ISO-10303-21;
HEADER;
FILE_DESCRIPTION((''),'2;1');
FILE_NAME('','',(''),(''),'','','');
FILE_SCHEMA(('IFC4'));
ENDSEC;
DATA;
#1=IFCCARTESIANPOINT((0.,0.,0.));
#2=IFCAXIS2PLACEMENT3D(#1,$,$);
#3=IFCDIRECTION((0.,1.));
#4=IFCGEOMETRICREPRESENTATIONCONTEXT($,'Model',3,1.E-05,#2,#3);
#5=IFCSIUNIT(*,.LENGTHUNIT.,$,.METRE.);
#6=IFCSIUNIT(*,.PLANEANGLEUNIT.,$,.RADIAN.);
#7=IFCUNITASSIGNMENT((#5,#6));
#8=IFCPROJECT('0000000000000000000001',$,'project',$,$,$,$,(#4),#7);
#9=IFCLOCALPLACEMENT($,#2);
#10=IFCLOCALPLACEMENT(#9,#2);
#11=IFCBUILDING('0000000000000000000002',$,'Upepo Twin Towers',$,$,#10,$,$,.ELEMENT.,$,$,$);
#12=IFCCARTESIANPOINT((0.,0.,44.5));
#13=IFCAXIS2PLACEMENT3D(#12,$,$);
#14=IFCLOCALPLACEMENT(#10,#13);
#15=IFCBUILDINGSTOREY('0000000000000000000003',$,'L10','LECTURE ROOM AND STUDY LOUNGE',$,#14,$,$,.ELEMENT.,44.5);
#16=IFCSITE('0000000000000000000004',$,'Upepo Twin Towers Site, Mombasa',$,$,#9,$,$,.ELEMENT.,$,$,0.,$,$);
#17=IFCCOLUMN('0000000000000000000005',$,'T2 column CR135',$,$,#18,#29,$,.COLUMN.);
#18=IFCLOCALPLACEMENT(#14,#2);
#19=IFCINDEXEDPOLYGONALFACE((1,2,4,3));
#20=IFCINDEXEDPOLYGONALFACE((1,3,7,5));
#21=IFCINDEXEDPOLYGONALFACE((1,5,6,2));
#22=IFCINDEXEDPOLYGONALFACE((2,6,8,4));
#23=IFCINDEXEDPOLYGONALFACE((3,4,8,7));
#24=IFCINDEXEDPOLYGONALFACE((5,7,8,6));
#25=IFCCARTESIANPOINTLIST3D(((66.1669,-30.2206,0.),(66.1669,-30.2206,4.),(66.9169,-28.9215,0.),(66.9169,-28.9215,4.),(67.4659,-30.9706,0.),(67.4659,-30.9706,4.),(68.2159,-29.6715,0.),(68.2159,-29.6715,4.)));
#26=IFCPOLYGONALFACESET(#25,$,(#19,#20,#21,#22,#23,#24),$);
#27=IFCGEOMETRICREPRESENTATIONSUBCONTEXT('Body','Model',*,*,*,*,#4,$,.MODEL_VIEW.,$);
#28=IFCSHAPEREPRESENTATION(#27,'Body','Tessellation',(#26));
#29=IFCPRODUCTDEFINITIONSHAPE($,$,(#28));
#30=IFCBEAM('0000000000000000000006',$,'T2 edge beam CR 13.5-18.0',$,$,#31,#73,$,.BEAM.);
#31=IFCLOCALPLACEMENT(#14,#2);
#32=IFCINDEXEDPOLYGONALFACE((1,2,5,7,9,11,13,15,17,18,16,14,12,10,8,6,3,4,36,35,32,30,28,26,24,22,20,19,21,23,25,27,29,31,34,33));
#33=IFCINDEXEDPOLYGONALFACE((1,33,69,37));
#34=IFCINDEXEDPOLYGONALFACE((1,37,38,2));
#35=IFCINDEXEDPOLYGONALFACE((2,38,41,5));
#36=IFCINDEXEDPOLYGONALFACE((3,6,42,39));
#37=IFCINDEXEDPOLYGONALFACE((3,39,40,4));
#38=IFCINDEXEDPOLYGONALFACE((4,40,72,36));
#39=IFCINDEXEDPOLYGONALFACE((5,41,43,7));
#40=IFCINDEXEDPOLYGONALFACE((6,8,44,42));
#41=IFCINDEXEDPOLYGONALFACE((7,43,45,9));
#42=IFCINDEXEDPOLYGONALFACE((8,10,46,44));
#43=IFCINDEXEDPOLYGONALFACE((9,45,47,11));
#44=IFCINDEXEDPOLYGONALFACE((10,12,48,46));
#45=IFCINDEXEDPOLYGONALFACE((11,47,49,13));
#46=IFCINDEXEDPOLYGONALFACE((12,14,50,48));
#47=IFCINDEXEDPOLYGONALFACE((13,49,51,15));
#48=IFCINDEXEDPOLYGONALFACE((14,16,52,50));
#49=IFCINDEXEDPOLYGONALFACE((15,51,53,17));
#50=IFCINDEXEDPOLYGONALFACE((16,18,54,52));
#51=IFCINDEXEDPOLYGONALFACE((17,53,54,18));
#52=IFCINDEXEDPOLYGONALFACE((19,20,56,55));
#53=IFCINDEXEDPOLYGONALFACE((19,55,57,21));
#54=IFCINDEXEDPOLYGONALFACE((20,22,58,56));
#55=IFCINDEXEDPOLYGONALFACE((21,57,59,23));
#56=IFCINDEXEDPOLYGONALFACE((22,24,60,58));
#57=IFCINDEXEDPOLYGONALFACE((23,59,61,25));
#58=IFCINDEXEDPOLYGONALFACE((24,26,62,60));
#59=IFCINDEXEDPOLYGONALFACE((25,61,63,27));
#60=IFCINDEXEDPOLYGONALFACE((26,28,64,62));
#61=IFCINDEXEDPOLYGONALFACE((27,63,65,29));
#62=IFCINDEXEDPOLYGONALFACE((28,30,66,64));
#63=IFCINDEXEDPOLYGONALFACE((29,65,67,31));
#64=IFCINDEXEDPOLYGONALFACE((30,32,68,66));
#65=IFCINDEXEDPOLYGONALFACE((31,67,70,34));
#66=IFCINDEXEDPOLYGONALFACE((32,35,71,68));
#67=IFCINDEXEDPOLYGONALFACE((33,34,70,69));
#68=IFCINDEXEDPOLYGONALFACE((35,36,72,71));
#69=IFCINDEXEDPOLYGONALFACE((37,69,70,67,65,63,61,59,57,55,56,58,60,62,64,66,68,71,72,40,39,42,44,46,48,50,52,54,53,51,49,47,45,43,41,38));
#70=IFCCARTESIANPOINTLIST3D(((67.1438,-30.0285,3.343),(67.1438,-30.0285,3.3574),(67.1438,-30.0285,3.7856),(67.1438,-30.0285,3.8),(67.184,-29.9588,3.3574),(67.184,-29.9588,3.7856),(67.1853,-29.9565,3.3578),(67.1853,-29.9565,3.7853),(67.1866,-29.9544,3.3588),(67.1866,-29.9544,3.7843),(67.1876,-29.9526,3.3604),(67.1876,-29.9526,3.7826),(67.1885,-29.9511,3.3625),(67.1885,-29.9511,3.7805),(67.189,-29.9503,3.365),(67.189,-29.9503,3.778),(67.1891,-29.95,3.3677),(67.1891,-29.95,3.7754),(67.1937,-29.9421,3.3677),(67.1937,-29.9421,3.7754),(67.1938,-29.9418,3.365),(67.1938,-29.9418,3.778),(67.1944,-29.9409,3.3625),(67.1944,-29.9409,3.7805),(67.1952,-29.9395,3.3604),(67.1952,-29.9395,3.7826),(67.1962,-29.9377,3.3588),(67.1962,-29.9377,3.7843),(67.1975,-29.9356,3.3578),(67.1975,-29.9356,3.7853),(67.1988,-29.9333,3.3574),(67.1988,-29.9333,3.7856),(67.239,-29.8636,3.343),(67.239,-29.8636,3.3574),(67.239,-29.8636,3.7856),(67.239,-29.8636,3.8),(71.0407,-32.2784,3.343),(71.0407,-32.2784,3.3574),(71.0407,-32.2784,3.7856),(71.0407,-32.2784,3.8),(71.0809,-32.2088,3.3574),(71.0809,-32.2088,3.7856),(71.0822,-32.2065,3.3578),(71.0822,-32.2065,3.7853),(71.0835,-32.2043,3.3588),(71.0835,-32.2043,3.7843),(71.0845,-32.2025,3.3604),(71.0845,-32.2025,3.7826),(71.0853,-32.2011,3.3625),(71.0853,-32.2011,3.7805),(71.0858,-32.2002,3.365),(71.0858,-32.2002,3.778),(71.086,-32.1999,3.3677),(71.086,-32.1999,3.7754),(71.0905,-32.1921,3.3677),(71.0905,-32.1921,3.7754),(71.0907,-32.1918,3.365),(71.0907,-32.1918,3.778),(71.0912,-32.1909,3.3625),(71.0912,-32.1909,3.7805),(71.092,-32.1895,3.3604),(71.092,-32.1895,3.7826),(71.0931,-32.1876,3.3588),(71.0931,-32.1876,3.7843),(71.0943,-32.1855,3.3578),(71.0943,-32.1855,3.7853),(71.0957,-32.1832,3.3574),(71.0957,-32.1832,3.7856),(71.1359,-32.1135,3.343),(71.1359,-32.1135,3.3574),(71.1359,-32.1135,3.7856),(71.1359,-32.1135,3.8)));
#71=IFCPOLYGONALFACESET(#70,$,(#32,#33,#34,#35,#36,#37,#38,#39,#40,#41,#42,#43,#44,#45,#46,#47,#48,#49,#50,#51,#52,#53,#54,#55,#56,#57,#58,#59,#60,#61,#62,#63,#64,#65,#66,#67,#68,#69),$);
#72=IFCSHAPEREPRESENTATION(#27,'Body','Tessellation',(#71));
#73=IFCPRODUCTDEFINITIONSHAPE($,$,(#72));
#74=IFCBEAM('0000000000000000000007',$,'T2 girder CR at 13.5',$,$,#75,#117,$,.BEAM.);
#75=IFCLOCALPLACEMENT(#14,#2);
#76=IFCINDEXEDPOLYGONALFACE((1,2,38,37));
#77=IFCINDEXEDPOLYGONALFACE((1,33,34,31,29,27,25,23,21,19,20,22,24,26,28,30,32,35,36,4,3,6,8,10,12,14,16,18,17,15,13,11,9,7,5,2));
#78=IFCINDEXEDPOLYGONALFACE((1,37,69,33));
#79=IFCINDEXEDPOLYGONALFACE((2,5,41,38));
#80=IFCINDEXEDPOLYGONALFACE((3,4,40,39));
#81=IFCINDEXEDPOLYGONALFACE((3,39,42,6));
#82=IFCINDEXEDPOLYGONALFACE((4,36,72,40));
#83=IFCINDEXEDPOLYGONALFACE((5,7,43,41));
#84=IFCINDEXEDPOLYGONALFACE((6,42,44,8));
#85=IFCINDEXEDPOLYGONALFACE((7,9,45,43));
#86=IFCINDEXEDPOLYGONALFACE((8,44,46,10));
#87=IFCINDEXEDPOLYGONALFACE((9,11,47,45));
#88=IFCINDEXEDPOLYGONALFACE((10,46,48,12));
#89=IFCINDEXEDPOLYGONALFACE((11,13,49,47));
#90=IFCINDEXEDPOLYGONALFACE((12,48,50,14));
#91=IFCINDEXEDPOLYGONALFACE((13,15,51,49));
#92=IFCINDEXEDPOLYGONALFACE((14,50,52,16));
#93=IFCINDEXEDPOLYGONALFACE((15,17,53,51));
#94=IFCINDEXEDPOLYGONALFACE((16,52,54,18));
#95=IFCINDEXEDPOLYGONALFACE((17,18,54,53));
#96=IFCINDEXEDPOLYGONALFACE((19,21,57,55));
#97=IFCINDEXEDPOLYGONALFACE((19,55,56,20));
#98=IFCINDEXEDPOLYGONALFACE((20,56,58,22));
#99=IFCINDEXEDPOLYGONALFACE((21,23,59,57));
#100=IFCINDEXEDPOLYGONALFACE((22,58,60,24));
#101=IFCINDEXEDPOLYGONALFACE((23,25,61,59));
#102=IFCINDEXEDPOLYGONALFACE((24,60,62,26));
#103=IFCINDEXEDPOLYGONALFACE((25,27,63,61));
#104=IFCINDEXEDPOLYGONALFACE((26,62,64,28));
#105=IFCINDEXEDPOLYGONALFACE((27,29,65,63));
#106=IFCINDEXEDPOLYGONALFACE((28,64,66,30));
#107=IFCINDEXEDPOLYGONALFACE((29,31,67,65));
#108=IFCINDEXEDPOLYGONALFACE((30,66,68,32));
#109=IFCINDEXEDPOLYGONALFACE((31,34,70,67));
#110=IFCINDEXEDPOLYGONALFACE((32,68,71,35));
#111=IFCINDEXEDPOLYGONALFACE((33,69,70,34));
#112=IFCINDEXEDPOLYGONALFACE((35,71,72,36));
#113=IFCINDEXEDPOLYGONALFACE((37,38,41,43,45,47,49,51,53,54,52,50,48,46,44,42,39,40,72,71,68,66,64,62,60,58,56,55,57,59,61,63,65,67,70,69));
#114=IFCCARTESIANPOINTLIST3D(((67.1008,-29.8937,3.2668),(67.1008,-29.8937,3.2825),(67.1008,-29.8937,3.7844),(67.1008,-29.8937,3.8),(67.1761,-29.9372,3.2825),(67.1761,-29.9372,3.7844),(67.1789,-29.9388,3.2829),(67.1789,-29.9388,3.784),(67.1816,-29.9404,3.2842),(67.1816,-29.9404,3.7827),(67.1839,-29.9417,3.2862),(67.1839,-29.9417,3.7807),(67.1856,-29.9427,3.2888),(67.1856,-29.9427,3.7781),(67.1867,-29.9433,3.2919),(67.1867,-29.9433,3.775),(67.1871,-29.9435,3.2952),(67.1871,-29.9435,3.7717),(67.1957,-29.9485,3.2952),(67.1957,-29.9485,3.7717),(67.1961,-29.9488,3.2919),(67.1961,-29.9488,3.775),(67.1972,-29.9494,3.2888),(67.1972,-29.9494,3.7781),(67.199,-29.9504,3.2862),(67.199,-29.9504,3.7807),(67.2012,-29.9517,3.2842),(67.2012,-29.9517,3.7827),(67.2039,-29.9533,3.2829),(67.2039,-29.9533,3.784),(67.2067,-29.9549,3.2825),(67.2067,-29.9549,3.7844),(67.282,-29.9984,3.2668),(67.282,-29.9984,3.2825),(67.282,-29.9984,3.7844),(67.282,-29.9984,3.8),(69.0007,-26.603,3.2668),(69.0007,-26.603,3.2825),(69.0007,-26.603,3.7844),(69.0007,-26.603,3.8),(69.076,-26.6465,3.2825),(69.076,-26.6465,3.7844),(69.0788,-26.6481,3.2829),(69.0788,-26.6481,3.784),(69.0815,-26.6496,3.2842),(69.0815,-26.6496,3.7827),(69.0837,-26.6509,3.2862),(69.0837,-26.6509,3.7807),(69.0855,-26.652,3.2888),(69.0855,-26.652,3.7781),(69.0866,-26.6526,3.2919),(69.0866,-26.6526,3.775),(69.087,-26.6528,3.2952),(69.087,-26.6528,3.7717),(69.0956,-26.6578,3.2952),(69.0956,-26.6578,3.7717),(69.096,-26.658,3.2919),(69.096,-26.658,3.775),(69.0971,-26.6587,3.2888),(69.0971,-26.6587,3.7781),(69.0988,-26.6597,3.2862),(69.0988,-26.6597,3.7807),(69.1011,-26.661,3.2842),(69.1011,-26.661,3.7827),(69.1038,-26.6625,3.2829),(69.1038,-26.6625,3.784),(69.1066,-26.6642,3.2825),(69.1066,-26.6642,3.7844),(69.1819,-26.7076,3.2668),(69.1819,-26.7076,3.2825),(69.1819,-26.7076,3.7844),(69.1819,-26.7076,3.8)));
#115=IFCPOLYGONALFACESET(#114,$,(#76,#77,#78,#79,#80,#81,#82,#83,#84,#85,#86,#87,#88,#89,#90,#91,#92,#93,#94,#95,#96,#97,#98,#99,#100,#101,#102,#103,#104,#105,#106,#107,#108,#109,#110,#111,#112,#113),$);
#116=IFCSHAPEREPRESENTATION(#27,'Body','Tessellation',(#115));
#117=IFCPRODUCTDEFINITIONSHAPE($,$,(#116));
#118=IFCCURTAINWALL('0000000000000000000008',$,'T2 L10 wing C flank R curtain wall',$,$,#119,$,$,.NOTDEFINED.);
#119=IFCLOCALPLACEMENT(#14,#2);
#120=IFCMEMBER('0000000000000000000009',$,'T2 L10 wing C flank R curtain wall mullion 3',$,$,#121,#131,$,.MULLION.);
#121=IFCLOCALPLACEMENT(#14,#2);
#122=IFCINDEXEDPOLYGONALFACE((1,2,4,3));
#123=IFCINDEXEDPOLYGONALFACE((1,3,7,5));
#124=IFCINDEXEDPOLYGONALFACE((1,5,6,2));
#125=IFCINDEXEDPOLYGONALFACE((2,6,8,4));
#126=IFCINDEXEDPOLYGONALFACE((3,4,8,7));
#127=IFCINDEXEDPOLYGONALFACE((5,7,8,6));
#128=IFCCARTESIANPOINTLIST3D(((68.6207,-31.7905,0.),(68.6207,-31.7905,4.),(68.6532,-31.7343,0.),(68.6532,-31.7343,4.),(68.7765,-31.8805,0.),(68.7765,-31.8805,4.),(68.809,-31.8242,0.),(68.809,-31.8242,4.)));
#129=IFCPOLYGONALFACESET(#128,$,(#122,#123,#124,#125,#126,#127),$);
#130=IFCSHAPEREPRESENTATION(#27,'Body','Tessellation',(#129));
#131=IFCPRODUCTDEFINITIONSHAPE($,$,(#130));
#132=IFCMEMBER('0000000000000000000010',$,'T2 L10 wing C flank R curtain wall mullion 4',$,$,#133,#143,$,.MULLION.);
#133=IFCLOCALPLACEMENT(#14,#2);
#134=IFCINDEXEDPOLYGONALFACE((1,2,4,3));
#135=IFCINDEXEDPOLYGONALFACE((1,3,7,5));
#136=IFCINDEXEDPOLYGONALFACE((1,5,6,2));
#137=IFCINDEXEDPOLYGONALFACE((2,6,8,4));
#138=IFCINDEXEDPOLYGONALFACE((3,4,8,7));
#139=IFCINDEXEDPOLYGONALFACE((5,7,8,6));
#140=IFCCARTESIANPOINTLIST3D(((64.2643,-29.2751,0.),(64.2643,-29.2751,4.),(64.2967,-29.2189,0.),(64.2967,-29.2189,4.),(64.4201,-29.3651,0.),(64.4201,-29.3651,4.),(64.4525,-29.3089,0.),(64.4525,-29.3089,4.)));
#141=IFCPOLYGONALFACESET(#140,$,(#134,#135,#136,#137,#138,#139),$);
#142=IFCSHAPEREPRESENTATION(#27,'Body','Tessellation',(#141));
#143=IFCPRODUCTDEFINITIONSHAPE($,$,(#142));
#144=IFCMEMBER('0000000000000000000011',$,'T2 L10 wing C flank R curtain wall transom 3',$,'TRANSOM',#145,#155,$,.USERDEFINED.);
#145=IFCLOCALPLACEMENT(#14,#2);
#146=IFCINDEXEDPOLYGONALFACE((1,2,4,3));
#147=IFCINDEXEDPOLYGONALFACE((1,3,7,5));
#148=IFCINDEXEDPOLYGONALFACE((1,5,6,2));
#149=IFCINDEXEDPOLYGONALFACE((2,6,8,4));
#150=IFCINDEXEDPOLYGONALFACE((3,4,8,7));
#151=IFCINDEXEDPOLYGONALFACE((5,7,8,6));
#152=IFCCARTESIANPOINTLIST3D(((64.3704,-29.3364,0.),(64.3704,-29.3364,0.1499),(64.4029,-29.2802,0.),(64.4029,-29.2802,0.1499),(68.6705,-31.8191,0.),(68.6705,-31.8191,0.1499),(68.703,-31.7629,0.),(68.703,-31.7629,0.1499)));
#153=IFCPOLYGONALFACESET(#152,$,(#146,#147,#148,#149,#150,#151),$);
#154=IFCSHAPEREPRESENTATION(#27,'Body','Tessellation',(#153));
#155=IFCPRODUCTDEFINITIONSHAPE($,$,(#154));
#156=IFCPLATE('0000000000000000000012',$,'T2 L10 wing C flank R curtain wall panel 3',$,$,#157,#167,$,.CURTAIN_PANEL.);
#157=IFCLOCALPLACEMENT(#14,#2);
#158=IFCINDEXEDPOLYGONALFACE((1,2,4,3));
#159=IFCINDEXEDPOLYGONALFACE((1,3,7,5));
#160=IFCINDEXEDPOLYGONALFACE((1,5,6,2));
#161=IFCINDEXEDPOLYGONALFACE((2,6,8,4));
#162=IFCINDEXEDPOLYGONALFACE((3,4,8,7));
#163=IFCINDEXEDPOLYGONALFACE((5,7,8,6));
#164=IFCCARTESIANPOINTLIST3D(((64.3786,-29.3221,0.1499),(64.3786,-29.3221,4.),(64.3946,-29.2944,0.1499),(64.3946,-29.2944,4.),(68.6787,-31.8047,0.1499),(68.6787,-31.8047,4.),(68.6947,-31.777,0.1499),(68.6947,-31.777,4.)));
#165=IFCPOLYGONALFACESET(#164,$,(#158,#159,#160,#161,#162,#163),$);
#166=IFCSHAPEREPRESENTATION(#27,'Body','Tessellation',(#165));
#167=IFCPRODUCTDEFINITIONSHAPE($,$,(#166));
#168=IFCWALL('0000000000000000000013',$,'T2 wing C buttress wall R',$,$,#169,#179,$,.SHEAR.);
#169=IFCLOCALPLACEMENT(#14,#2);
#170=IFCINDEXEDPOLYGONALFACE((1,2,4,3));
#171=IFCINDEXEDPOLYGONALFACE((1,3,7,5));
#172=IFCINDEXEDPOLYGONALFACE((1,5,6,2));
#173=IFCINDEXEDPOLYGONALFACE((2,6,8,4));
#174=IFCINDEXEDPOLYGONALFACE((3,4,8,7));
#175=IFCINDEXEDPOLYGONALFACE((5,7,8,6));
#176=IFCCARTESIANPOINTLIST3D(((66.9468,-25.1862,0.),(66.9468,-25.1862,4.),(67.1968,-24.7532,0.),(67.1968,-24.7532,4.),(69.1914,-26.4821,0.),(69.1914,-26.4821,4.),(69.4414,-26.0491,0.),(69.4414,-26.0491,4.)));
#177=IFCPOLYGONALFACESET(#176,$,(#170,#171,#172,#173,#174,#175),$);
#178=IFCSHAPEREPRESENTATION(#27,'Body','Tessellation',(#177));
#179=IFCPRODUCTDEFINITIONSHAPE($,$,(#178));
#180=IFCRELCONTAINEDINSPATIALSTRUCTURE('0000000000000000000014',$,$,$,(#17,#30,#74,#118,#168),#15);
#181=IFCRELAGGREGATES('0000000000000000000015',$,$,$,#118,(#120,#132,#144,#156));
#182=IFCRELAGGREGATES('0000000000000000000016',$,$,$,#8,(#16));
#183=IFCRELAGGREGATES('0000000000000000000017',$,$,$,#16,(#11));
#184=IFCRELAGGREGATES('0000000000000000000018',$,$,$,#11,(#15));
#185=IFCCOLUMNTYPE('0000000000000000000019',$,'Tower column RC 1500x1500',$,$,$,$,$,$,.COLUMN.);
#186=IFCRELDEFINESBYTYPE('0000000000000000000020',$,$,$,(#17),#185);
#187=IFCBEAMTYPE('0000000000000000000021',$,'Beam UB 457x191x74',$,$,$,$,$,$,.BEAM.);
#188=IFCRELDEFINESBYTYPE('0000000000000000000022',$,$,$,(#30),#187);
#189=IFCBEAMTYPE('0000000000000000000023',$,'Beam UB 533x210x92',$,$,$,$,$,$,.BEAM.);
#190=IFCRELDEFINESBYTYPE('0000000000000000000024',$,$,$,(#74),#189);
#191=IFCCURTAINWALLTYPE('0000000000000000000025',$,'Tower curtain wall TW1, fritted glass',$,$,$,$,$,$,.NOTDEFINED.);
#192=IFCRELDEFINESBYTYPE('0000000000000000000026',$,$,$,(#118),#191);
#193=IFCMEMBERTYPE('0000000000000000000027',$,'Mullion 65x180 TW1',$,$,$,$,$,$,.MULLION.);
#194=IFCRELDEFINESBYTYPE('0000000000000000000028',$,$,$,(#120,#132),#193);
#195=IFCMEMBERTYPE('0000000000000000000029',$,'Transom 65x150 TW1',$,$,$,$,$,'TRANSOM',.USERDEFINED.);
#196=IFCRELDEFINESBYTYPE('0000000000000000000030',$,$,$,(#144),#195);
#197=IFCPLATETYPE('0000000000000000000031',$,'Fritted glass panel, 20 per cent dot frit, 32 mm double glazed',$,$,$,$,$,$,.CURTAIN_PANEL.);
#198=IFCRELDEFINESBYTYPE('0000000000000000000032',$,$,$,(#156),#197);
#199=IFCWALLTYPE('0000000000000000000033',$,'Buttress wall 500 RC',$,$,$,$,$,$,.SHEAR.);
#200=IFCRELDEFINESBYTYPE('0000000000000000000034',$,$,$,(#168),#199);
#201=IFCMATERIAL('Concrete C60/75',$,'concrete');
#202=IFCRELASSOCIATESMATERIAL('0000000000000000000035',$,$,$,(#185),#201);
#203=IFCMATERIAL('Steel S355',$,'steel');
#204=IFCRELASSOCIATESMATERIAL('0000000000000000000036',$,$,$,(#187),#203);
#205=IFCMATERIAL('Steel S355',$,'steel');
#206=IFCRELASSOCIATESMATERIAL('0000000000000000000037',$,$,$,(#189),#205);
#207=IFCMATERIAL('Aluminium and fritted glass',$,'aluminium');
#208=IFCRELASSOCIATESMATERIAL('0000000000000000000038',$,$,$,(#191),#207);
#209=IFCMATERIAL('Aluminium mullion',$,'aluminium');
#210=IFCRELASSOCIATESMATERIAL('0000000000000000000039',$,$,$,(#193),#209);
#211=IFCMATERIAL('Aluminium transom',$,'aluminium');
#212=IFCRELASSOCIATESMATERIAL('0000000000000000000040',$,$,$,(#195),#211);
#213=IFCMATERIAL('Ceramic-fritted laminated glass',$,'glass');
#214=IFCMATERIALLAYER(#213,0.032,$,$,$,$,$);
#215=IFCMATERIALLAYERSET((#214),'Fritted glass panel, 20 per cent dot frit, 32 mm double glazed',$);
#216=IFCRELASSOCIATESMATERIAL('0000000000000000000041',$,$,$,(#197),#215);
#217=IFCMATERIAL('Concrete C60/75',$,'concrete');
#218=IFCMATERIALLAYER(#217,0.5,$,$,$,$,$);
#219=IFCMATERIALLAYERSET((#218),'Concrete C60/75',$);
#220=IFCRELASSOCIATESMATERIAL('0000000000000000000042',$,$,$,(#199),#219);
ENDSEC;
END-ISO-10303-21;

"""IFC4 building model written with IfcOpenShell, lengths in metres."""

from ifc_helpers import new_model, si_unit, direction, frame, frame_2d, origin, origin_2d, place, context, subcontext, project, spatial, rectangle, i_section, extrude, material, layer, layer_set, material_profile, profile_set, type_object, element, aggregate, save


model = new_model("IFC4")

# Units and contexts
model_context = context("Model", 3, precision=1e-05, world=origin(), true_north=direction((0.0, 1.0)))
body_context = subcontext(model_context, "Body", "Model", "MODEL_VIEW")
ifc_project = project(units=[si_unit("LENGTHUNIT", "METRE"), si_unit("PLANEANGLEUNIT", "RADIAN")], contexts=[model_context])

# Site, building, storey
site_placement = place(None, origin())
site = spatial("IfcSite", under=ifc_project, at=site_placement, Name="Upepo Twin Towers Site, Mombasa", CompositionType="ELEMENT", RefElevation=0.0)
building_placement = place(site_placement, origin())
building = spatial("IfcBuilding", under=site, at=building_placement, Name="Upepo Twin Towers", CompositionType="ELEMENT")
storey_placement = place(building_placement, frame((0.0, 0.0, 44.5)))
storey = spatial("IfcBuildingStorey", under=building, at=storey_placement, Name="L10", Description="LECTURE ROOM AND STUDY LOUNGE", CompositionType="ELEMENT", Elevation=44.5)

# Column
ifc_material_1 = material(Name="Concrete C60/75", Category="concrete")
ifc_material_profile_1 = material_profile(ifc_material_1, rectangle(XDim=1.5, YDim=1.5, at=origin_2d()), Name="RC 1500x1500")
ifc_profile_set_1 = profile_set([ifc_material_profile_1], Name="Concrete C60/75")
column_type = type_object("IfcColumnType", Name="Tower column RC 1500x1500", PredefinedType="COLUMN", material=ifc_profile_set_1)
column_placement = place(storey_placement, frame((67.1914, -29.946, 0.0), z_axis=(0.0, 0.0, 1.0), x_axis=(0.5, 0.866025, 0.0)))
element("IfcColumn", 1, at=column_placement, inside=storey, type_object=column_type, Name="T2 column CR135", PredefinedType="COLUMN", context=body_context, shape_type="SweptSolid", body=[
    extrude(rectangle(XDim=1.5, YDim=1.5, at=origin_2d()), origin(), (0.0, 0.0, 1.0), 4.0),
])

# Beams
ifc_material_2 = material(Name="Steel S355", Category="steel")
ifc_material_profile_2 = material_profile(ifc_material_2, i_section(OverallWidth=0.1904, OverallDepth=0.457, WebThickness=0.009, FlangeThickness=0.0144, FilletRadius=0.0103, at=origin_2d()), Name="UB 457x191x74")
ifc_profile_set_2 = profile_set([ifc_material_profile_2], Name="Steel S355")
beam_type_1 = type_object("IfcBeamType", Name="Beam UB 457x191x74", PredefinedType="BEAM", material=ifc_profile_set_2)
beam_1_placement = place(storey_placement, frame((67.1914, -29.946, 3.5715), z_axis=(0.866018, -0.500014, 0.0), x_axis=(0.500014, 0.866018, 0.0)))
element("IfcBeam", 2, at=beam_1_placement, inside=storey, type_object=beam_type_1, Name="T2 edge beam CR 13.5-18.0", PredefinedType="BEAM", context=body_context, shape_type="SweptSolid", body=[
    extrude(i_section(OverallWidth=0.1904, OverallDepth=0.457, WebThickness=0.009, FlangeThickness=0.0144, FilletRadius=0.0103, at=origin_2d()), origin(), (0.0, 0.0, 1.0), 4.4998),
])
ifc_material_3 = material(Name="Steel S355", Category="steel")
ifc_material_profile_3 = material_profile(ifc_material_3, i_section(OverallWidth=0.2092, OverallDepth=0.5332, WebThickness=0.01, FlangeThickness=0.0156, FilletRadius=0.0127, at=origin_2d()), Name="UB 533x210x92")
ifc_profile_set_3 = profile_set([ifc_material_profile_3], Name="Steel S355")
beam_type_2 = type_object("IfcBeamType", Name="Beam UB 533x210x92", PredefinedType="BEAM", material=ifc_profile_set_3)
beam_2_placement = place(storey_placement, frame((67.1914, -29.946, 3.5334), z_axis=(0.499995, 0.866028, 0.0), x_axis=(-0.866028, 0.499995, 0.0)))
element("IfcBeam", 3, at=beam_2_placement, inside=storey, type_object=beam_type_2, Name="T2 girder CR at 13.5", PredefinedType="BEAM", context=body_context, shape_type="SweptSolid", body=[
    extrude(i_section(OverallWidth=0.2092, OverallDepth=0.5332, WebThickness=0.01, FlangeThickness=0.0156, FilletRadius=0.0127, at=origin_2d()), origin(), (0.0, 0.0, 1.0), 3.7998),
])

# Curtain wall, members, plate
ifc_material_4 = material(Name="Aluminium and fritted glass", Category="aluminium")
curtain_wall_type = type_object("IfcCurtainWallType", Name="Tower curtain wall TW1, fritted glass", PredefinedType="NOTDEFINED", material=ifc_material_4)
curtain_wall_placement = place(storey_placement, origin())
curtain_wall = element("IfcCurtainWall", 4, at=curtain_wall_placement, inside=storey, type_object=curtain_wall_type, Name="T2 L10 wing C flank R curtain wall", PredefinedType="NOTDEFINED")
ifc_material_5 = material(Name="Aluminium mullion", Category="aluminium")
ifc_material_profile_4 = material_profile(ifc_material_5, rectangle(XDim=0.0649, YDim=0.1799, at=origin_2d()), Name="MULLION 65x180")
ifc_profile_set_4 = profile_set([ifc_material_profile_4], Name="Aluminium mullion")
member_type_1 = type_object("IfcMemberType", Name="Mullion 65x180 TW1", PredefinedType="MULLION", material=ifc_profile_set_4)
member_1_placement = place(storey_placement, frame((68.7148, -31.8074, 0.0), z_axis=(0.0, 0.0, 1.0), x_axis=(-0.5, -0.866025, 0.0)))
member_1 = element("IfcMember", 5, at=member_1_placement, type_object=member_type_1, Name="T2 L10 wing C flank R curtain wall mullion 3", PredefinedType="MULLION", context=body_context, shape_type="SweptSolid", body=[
    extrude(rectangle(XDim=0.0649, YDim=0.1799, at=origin_2d()), origin(), (0.0, 0.0, 1.0), 4.0),
])
member_2_placement = place(storey_placement, frame((64.3584, -29.292, 0.0), z_axis=(0.0, 0.0, 1.0), x_axis=(-0.5, -0.866025, 0.0)))
member_2 = element("IfcMember", 6, at=member_2_placement, type_object=member_type_1, Name="T2 L10 wing C flank R curtain wall mullion 4", PredefinedType="MULLION", context=body_context, shape_type="SweptSolid", body=[
    extrude(rectangle(XDim=0.0649, YDim=0.1799, at=origin_2d()), origin(), (0.0, 0.0, 1.0), 4.0),
])
ifc_material_6 = material(Name="Aluminium transom", Category="aluminium")
ifc_material_profile_5 = material_profile(ifc_material_6, rectangle(XDim=0.0649, YDim=0.1499, at=origin_2d()), Name="TRANSOM 65x150")
ifc_profile_set_5 = profile_set([ifc_material_profile_5], Name="Aluminium transom")
member_type_2 = type_object("IfcMemberType", Name="Transom 65x150 TW1", ElementType="TRANSOM", PredefinedType="USERDEFINED", material=ifc_profile_set_5)
member_3_placement = place(storey_placement, frame((68.6868, -31.791, 0.075), z_axis=(-0.866023, 0.500005, 0.0), x_axis=(-0.500005, -0.866023, 0.0)))
member_3 = element("IfcMember", 7, at=member_3_placement, type_object=member_type_2, Name="T2 L10 wing C flank R curtain wall transom 3", ObjectType="TRANSOM", PredefinedType="USERDEFINED", context=body_context, shape_type="SweptSolid", body=[
    extrude(rectangle(XDim=0.0649, YDim=0.1499, at=origin_2d()), origin(), (0.0, 0.0, 1.0), 4.9653),
])
ifc_material_7 = material(Name="Ceramic-fritted laminated glass", Category="glass")
ifc_layer_1 = layer(ifc_material_7, 0.032)
ifc_layer_set_1 = layer_set([ifc_layer_1], Name="Fritted glass panel, 20 per cent dot frit, 32 mm double glazed")
plate_type = type_object("IfcPlateType", Name="Fritted glass panel, 20 per cent dot frit, 32 mm double glazed", PredefinedType="CURTAIN_PANEL", material=ifc_layer_set_1)
plate_placement = place(storey_placement, frame((66.5366, -30.5496, 0.1499), z_axis=(0.0, 0.0, 1.0), x_axis=(-0.866025, 0.5, 0.0)))
plate = element("IfcPlate", 8, at=plate_placement, type_object=plate_type, Name="T2 L10 wing C flank R curtain wall panel 3", PredefinedType="CURTAIN_PANEL", context=body_context, shape_type="SweptSolid", body=[
    extrude(rectangle(XDim=4.9653, YDim=0.032, at=origin_2d()), origin(), (0.0, 0.0, 1.0), 3.8501),
])
aggregate(curtain_wall, [member_1, member_2, member_3, plate])

# Wall
ifc_material_8 = material(Name="Concrete C60/75", Category="concrete")
ifc_layer_2 = layer(ifc_material_8, 0.5)
ifc_layer_set_2 = layer_set([ifc_layer_2], Name="Concrete C60/75")
wall_type_1 = type_object("IfcWallType", Name="Buttress wall 500 RC", PredefinedType="SHEAR", material=ifc_layer_set_2)
wall_1_placement = place(storey_placement, frame((67.0718, -24.9697, 0.0), z_axis=(0.0, 0.0, 1.0), x_axis=(0.866032, -0.499989, 0.0)))
element("IfcWall", 9, at=wall_1_placement, inside=storey, type_object=wall_type_1, Name="T2 wing C buttress wall R", PredefinedType="SHEAR", context=body_context, shape_type="SweptSolid", body=[
    extrude(rectangle(XDim=2.5918, YDim=0.5, at=frame_2d((1.2959, 0.0))), origin(), (0.0, 0.0, 1.0), 4.0),
])

save(model, "model.ifc")
